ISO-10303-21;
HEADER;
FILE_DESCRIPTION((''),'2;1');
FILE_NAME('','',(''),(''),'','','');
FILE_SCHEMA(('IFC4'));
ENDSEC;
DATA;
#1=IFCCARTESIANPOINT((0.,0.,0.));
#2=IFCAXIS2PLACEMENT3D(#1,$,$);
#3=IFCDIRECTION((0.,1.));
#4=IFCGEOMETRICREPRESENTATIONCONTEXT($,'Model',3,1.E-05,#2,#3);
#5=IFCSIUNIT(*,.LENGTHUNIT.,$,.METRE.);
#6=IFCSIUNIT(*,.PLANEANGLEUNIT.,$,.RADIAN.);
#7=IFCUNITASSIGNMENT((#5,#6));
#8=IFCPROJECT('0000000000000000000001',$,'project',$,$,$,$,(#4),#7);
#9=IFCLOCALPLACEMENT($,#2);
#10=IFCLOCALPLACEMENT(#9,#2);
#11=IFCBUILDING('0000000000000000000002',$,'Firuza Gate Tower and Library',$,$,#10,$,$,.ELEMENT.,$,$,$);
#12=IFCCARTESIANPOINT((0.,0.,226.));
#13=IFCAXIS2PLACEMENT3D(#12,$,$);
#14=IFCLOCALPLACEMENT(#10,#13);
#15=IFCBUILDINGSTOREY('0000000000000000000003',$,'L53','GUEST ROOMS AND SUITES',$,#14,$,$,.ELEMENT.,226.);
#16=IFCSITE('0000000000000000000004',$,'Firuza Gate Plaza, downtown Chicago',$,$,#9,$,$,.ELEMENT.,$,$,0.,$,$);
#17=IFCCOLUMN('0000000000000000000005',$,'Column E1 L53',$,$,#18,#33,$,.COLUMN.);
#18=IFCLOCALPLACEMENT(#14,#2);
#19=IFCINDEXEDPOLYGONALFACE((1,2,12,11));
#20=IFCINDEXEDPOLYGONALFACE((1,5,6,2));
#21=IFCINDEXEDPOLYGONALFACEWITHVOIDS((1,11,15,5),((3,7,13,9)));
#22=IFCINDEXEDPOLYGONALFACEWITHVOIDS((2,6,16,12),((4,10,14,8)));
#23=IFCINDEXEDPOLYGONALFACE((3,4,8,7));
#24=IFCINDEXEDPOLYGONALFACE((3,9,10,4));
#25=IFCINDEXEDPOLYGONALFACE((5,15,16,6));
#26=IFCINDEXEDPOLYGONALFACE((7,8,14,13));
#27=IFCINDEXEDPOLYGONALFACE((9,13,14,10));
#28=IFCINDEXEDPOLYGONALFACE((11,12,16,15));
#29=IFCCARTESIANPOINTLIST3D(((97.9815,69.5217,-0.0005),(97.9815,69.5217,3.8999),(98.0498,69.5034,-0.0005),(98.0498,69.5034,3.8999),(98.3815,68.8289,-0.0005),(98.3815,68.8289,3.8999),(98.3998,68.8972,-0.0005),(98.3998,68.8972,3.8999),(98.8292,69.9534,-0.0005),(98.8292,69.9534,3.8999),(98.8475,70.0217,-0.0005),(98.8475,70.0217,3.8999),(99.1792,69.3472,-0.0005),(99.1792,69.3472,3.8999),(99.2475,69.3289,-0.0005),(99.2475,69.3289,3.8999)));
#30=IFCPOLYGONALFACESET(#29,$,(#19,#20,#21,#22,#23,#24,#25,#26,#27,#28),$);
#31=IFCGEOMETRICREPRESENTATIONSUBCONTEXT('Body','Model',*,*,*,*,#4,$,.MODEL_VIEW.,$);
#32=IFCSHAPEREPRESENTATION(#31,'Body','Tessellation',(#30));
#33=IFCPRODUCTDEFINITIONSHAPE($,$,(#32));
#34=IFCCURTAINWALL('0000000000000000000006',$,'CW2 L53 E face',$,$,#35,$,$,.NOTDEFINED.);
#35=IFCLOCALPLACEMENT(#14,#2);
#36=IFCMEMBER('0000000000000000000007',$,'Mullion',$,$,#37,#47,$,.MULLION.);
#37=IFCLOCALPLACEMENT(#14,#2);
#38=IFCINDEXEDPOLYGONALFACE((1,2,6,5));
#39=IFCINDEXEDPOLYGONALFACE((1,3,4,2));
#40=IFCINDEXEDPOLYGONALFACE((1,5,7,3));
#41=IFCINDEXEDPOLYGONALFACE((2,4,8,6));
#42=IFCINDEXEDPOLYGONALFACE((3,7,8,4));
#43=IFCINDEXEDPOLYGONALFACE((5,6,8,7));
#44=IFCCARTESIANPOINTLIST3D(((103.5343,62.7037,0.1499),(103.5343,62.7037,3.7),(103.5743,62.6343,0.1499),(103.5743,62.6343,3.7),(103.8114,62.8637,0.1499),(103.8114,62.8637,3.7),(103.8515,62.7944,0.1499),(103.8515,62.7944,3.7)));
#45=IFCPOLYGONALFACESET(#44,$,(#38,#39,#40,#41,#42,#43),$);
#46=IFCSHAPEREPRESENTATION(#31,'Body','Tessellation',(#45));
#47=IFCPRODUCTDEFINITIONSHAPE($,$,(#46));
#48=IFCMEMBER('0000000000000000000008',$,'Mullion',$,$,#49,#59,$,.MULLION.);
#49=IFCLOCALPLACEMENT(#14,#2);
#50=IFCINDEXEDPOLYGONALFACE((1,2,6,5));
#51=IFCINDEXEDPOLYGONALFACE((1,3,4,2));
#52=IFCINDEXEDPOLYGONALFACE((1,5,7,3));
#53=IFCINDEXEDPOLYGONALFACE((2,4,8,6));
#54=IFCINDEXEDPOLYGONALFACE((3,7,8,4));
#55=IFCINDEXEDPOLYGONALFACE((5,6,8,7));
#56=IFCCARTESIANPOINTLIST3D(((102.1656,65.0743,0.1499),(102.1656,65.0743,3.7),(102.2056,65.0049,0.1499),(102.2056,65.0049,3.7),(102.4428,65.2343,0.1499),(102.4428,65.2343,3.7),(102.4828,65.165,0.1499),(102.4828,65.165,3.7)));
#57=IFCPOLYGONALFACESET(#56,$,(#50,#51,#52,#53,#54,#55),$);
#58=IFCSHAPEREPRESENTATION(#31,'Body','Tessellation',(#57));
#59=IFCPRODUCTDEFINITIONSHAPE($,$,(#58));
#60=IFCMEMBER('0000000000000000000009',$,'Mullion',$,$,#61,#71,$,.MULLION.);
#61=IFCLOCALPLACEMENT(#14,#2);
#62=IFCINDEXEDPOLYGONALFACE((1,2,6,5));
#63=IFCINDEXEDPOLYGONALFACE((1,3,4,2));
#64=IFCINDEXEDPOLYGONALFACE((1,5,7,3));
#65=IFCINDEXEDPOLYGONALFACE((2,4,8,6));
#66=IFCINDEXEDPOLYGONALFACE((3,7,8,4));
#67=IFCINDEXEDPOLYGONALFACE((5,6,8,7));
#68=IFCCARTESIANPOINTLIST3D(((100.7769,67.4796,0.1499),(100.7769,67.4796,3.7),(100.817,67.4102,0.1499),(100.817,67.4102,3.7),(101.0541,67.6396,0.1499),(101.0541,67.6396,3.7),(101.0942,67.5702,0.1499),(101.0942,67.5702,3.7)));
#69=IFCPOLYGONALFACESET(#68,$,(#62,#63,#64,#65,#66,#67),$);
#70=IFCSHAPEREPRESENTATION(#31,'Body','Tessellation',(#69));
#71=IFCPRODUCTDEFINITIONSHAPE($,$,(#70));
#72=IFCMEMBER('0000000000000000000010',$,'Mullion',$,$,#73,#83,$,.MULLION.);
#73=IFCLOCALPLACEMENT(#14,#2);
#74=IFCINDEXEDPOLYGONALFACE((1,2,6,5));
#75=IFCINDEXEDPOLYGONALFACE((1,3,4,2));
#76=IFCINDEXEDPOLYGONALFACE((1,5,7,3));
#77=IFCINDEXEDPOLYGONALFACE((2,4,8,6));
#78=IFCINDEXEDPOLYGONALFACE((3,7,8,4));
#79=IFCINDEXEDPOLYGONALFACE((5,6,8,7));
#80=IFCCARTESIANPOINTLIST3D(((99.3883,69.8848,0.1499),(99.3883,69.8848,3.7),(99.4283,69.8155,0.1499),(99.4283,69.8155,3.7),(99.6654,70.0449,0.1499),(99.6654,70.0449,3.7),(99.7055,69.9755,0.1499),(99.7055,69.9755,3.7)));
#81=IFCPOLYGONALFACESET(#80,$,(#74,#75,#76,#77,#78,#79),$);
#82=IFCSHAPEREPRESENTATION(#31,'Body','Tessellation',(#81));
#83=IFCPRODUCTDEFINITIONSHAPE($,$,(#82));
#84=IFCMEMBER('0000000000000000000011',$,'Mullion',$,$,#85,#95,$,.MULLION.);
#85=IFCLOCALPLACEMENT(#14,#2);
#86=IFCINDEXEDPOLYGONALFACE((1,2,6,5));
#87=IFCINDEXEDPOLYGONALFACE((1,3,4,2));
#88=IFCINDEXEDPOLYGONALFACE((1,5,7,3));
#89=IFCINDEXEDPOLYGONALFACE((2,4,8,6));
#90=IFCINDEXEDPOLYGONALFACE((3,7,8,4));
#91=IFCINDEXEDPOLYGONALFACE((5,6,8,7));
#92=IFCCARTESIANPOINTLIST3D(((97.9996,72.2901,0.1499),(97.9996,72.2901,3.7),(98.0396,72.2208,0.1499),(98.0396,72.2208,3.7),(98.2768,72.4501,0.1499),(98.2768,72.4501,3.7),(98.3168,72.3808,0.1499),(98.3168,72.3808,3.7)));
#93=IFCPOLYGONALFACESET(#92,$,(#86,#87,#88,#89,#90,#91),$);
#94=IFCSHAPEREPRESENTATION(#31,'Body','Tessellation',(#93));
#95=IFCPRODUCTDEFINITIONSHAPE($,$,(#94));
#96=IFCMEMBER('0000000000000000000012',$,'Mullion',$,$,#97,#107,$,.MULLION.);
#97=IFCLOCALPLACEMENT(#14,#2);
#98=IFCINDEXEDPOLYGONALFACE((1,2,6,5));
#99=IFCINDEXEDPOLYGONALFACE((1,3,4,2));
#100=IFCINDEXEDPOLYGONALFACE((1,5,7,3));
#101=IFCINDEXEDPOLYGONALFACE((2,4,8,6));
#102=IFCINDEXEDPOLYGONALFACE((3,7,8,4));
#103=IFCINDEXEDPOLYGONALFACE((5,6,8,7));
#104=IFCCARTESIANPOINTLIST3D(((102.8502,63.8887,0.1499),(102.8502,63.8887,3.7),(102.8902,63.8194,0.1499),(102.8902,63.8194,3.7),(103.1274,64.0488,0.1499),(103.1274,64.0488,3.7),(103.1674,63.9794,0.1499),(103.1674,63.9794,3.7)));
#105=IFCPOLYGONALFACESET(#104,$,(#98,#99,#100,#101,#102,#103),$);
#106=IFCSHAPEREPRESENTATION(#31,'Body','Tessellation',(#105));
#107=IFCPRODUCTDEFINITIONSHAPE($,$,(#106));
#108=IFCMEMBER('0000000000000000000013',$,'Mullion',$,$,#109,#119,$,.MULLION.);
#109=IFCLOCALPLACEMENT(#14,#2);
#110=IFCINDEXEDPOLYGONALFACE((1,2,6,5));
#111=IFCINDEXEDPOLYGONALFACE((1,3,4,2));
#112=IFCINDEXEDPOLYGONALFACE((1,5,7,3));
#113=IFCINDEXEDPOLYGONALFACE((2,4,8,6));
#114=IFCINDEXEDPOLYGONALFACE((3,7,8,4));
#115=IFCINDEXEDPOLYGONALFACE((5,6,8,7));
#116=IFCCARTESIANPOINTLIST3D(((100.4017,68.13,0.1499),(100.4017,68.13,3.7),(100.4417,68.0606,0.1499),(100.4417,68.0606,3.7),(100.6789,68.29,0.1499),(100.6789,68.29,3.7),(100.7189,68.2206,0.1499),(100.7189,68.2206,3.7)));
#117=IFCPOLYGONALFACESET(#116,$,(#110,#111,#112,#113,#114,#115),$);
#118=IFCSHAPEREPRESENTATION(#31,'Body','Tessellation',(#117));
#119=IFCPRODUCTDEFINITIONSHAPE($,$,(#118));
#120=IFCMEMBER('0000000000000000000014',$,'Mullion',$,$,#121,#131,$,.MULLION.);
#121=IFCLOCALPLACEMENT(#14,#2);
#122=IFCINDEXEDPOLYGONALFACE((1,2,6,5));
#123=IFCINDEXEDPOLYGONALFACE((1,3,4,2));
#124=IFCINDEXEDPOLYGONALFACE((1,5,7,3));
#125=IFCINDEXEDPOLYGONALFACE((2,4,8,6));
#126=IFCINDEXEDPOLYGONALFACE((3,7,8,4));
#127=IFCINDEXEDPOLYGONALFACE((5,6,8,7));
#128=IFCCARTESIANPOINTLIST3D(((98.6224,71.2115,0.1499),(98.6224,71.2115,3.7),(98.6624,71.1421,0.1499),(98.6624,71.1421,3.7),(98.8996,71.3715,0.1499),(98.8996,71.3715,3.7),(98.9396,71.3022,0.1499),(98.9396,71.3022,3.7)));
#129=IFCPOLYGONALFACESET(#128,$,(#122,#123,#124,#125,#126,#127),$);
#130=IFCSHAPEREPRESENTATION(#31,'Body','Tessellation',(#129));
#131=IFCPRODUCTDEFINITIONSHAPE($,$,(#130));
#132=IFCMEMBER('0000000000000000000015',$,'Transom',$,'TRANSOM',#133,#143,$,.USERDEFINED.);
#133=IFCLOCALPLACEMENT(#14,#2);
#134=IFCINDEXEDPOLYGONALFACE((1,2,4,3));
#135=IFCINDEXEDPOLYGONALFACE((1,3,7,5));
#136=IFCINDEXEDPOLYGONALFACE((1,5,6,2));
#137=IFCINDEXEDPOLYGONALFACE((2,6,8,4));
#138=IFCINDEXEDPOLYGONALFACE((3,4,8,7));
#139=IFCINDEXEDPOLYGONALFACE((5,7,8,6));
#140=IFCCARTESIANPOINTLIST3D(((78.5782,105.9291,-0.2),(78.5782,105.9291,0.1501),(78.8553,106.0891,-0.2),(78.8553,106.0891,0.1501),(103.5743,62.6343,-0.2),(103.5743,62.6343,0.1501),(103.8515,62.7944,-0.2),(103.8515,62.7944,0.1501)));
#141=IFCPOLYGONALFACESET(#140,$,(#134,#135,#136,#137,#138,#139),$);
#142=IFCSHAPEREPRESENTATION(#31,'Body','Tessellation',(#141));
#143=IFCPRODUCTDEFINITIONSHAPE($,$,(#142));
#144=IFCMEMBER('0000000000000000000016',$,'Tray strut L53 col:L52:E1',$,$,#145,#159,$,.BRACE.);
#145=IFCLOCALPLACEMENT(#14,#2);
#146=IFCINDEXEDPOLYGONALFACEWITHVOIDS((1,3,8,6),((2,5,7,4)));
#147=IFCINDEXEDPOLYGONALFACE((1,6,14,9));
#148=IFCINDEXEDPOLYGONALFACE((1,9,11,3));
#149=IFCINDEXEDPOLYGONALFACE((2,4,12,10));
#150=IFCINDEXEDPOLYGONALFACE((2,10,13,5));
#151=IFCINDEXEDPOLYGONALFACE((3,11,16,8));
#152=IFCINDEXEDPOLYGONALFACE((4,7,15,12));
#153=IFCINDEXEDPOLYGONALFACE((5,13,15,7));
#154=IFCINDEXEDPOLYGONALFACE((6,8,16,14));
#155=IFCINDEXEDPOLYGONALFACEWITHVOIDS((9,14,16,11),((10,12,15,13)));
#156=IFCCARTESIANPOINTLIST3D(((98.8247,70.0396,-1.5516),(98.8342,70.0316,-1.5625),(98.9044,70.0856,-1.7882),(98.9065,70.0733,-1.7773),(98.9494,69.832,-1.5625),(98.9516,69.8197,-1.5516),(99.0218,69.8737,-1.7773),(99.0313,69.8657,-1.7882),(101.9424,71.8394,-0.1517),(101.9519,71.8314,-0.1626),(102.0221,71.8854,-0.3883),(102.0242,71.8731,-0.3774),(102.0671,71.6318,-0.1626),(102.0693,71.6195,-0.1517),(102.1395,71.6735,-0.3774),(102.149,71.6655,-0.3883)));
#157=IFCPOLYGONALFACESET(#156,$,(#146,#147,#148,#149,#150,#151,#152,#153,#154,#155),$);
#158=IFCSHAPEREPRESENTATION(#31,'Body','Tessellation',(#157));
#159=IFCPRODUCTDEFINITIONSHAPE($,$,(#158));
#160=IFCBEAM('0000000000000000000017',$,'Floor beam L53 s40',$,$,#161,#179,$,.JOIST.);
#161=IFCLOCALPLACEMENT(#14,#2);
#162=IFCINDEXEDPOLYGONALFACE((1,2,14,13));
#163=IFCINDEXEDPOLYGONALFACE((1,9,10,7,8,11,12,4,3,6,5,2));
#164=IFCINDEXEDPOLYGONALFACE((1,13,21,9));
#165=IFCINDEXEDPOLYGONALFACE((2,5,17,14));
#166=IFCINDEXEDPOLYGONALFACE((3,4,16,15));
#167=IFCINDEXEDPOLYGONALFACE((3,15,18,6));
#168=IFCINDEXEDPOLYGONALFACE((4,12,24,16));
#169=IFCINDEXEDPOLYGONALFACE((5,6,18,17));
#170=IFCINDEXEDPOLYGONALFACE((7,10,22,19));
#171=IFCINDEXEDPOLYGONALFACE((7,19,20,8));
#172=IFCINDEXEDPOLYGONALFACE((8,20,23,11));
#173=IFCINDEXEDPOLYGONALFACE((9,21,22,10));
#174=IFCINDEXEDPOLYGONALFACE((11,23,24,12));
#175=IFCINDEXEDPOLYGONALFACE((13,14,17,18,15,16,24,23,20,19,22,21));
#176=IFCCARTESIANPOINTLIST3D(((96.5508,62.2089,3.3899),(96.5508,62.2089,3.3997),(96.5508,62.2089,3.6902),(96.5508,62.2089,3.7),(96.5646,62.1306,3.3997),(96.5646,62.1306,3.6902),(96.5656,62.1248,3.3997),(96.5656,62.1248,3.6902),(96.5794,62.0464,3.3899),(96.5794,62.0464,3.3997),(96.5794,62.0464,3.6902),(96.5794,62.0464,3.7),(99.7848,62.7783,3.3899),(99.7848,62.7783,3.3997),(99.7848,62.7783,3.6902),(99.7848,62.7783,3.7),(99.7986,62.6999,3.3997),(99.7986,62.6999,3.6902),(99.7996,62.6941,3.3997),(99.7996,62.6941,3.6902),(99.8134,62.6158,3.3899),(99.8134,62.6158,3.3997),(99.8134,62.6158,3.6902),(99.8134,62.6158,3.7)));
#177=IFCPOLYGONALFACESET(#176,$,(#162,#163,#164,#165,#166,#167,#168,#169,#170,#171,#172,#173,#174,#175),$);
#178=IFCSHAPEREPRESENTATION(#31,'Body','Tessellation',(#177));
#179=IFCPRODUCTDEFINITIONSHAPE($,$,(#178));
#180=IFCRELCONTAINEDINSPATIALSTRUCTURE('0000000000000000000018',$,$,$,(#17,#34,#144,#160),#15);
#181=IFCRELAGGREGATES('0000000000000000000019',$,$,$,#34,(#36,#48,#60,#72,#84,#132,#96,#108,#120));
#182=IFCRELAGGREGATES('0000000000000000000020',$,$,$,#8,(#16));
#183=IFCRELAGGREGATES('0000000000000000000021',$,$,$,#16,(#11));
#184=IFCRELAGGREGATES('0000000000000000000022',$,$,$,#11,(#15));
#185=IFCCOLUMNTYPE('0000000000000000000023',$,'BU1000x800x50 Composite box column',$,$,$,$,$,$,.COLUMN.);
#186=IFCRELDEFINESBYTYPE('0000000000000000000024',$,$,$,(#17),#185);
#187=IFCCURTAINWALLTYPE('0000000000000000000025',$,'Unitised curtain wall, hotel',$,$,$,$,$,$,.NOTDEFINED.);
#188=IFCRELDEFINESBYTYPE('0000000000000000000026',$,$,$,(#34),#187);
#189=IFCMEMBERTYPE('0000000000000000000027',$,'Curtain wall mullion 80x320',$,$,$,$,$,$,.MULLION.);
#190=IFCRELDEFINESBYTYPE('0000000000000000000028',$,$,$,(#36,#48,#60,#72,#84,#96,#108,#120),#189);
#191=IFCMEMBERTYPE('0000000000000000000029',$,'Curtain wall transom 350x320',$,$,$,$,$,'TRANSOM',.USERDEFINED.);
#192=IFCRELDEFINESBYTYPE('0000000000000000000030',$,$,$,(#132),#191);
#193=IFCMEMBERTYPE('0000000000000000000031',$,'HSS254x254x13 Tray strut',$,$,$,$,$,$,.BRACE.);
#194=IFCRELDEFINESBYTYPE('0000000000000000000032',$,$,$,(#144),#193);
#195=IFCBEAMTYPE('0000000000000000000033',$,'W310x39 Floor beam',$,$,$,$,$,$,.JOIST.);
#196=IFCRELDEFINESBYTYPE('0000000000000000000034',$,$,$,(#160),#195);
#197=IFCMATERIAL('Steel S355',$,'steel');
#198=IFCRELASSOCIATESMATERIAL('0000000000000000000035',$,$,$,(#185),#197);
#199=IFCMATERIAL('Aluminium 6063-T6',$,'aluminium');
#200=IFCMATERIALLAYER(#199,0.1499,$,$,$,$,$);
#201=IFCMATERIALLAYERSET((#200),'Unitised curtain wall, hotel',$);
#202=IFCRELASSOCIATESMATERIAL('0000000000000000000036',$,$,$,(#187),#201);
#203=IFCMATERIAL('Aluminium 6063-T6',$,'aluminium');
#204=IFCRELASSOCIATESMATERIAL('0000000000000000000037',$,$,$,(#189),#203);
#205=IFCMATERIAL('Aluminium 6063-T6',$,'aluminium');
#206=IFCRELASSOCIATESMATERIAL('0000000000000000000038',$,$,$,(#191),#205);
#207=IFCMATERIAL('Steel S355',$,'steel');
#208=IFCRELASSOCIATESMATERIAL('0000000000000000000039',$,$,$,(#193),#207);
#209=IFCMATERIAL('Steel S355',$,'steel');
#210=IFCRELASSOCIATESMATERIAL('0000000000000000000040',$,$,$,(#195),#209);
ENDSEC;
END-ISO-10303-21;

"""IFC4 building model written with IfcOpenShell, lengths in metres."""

from ifc_helpers import new_model, si_unit, direction, frame, origin, origin_2d, place, context, subcontext, project, spatial, rectangle, hollow_rectangle, i_section, extrude, material, layer, layer_set, material_profile, profile_set, type_object, element, aggregate, save


model = new_model("IFC4")

# Units and contexts
model_context = context("Model", 3, precision=1e-05, world=origin(), true_north=direction((0.0, 1.0)))
body_context = subcontext(model_context, "Body", "Model", "MODEL_VIEW")
ifc_project = project(units=[si_unit("LENGTHUNIT", "METRE"), si_unit("PLANEANGLEUNIT", "RADIAN")], contexts=[model_context])

# Site, building, storey
site_placement = place(None, origin())
site = spatial("IfcSite", under=ifc_project, at=site_placement, Name="Firuza Gate Plaza, downtown Chicago", CompositionType="ELEMENT", RefElevation=0.0)
building_placement = place(site_placement, origin())
building = spatial("IfcBuilding", under=site, at=building_placement, Name="Firuza Gate Tower and Library", CompositionType="ELEMENT")
storey_placement = place(building_placement, frame((0.0, 0.0, 226.0)))
storey = spatial("IfcBuildingStorey", under=building, at=storey_placement, Name="L53", Description="GUEST ROOMS AND SUITES", CompositionType="ELEMENT", Elevation=226.0)

# Column
ifc_material_1 = material(Name="Steel S355", Category="steel")
ifc_material_profile_1 = material_profile(ifc_material_1, hollow_rectangle(XDim=0.8, YDim=1.0, WallThickness=0.05, at=origin_2d()))
ifc_profile_set_1 = profile_set([ifc_material_profile_1], Name="Steel S355")
column_type = type_object("IfcColumnType", Name="BU1000x800x50 Composite box column", PredefinedType="COLUMN", material=ifc_profile_set_1)
column_placement = place(storey_placement, frame((98.6145, 69.4253, -0.0005), z_axis=(0.0, 0.0, 1.0), x_axis=(-0.5, 0.866025, 0.0)))
element("IfcColumn", 1, at=column_placement, inside=storey, type_object=column_type, Name="Column E1 L53", PredefinedType="COLUMN", context=body_context, shape_type="SweptSolid", body=[
    extrude(hollow_rectangle(XDim=0.8, YDim=1.0, WallThickness=0.05, at=origin_2d()), origin(), (0.0, 0.0, 1.0), 3.9004),
])

# Curtain wall, members
ifc_material_2 = material(Name="Aluminium 6063-T6", Category="aluminium")
ifc_layer_1 = layer(ifc_material_2, 0.1499)
ifc_layer_set_1 = layer_set([ifc_layer_1], Name="Unitised curtain wall, hotel")
curtain_wall_type = type_object("IfcCurtainWallType", Name="Unitised curtain wall, hotel", PredefinedType="NOTDEFINED", material=ifc_layer_set_1)
curtain_wall_placement = place(storey_placement, origin())
curtain_wall = element("IfcCurtainWall", 2, at=curtain_wall_placement, inside=storey, type_object=curtain_wall_type, Name="CW2 L53 E face", PredefinedType="NOTDEFINED")
ifc_material_3 = material(Name="Aluminium 6063-T6", Category="aluminium")
ifc_material_profile_2 = material_profile(ifc_material_3, rectangle(XDim=0.3201, YDim=0.0801, at=origin_2d()))
ifc_profile_set_2 = profile_set([ifc_material_profile_2], Name="Aluminium 6063-T6")
member_type_1 = type_object("IfcMemberType", Name="Curtain wall mullion 80x320", PredefinedType="MULLION", material=ifc_profile_set_2)
member_1_placement = place(storey_placement, frame((103.6929, 62.749, 0.1499), z_axis=(0.0, 0.0, 1.0), x_axis=(-0.866025, -0.5, 0.0)))
member_1 = element("IfcMember", 3, at=member_1_placement, type_object=member_type_1, Name="Mullion", PredefinedType="MULLION", context=body_context, shape_type="SweptSolid", body=[
    extrude(rectangle(XDim=0.3201, YDim=0.0801, at=origin_2d()), origin(), (0.0, 0.0, 1.0), 3.55),
])
member_2_placement = place(storey_placement, frame((102.3242, 65.1196, 0.1499), z_axis=(0.0, 0.0, 1.0), x_axis=(-0.866025, -0.5, 0.0)))
member_2 = element("IfcMember", 4, at=member_2_placement, type_object=member_type_1, Name="Mullion", PredefinedType="MULLION", context=body_context, shape_type="SweptSolid", body=[
    extrude(rectangle(XDim=0.3201, YDim=0.0801, at=origin_2d()), origin(), (0.0, 0.0, 1.0), 3.55),
])
member_3_placement = place(storey_placement, frame((100.9355, 67.5249, 0.1499), z_axis=(0.0, 0.0, 1.0), x_axis=(-0.866025, -0.5, 0.0)))
member_3 = element("IfcMember", 5, at=member_3_placement, type_object=member_type_1, Name="Mullion", PredefinedType="MULLION", context=body_context, shape_type="SweptSolid", body=[
    extrude(rectangle(XDim=0.3201, YDim=0.0801, at=origin_2d()), origin(), (0.0, 0.0, 1.0), 3.55),
])
member_4_placement = place(storey_placement, frame((99.5469, 69.9302, 0.1499), z_axis=(0.0, 0.0, 1.0), x_axis=(-0.866025, -0.5, 0.0)))
member_4 = element("IfcMember", 6, at=member_4_placement, type_object=member_type_1, Name="Mullion", PredefinedType="MULLION", context=body_context, shape_type="SweptSolid", body=[
    extrude(rectangle(XDim=0.3201, YDim=0.0801, at=origin_2d()), origin(), (0.0, 0.0, 1.0), 3.55),
])
member_5_placement = place(storey_placement, frame((98.1582, 72.3354, 0.1499), z_axis=(0.0, 0.0, 1.0), x_axis=(-0.866025, -0.5, 0.0)))
member_5 = element("IfcMember", 7, at=member_5_placement, type_object=member_type_1, Name="Mullion", PredefinedType="MULLION", context=body_context, shape_type="SweptSolid", body=[
    extrude(rectangle(XDim=0.3201, YDim=0.0801, at=origin_2d()), origin(), (0.0, 0.0, 1.0), 3.55),
])
member_6_placement = place(storey_placement, frame((103.0088, 63.9341, 0.1499), z_axis=(0.0, 0.0, 1.0), x_axis=(-0.866025, -0.5, 0.0)))
member_6 = element("IfcMember", 8, at=member_6_placement, type_object=member_type_1, Name="Mullion", PredefinedType="MULLION", context=body_context, shape_type="SweptSolid", body=[
    extrude(rectangle(XDim=0.3201, YDim=0.0801, at=origin_2d()), origin(), (0.0, 0.0, 1.0), 3.55),
])
member_7_placement = place(storey_placement, frame((100.5603, 68.1753, 0.1499), z_axis=(0.0, 0.0, 1.0), x_axis=(-0.866025, -0.5, 0.0)))
member_7 = element("IfcMember", 9, at=member_7_placement, type_object=member_type_1, Name="Mullion", PredefinedType="MULLION", context=body_context, shape_type="SweptSolid", body=[
    extrude(rectangle(XDim=0.3201, YDim=0.0801, at=origin_2d()), origin(), (0.0, 0.0, 1.0), 3.55),
])
member_8_placement = place(storey_placement, frame((98.781, 71.2568, 0.1499), z_axis=(0.0, 0.0, 1.0), x_axis=(-0.866025, -0.5, 0.0)))
member_8 = element("IfcMember", 10, at=member_8_placement, type_object=member_type_1, Name="Mullion", PredefinedType="MULLION", context=body_context, shape_type="SweptSolid", body=[
    extrude(rectangle(XDim=0.3201, YDim=0.0801, at=origin_2d()), origin(), (0.0, 0.0, 1.0), 3.55),
])
ifc_material_4 = material(Name="Aluminium 6063-T6", Category="aluminium")
ifc_material_profile_3 = material_profile(ifc_material_4, rectangle(XDim=0.3201, YDim=0.3501, at=origin_2d()))
ifc_profile_set_3 = profile_set([ifc_material_profile_3], Name="Aluminium 6063-T6")
member_type_2 = type_object("IfcMemberType", Name="Curtain wall transom 350x320", ElementType="TRANSOM", PredefinedType="USERDEFINED", material=ifc_profile_set_3)
member_9_placement = place(storey_placement, frame((103.7129, 62.7144, -0.0249), z_axis=(-0.499998, 0.866026, 0.0), x_axis=(-0.866026, -0.499998, 0.0)))
member_9 = element("IfcMember", 11, at=member_9_placement, type_object=member_type_2, Name="Transom", ObjectType="TRANSOM", PredefinedType="USERDEFINED", context=body_context, shape_type="SweptSolid", body=[
    extrude(rectangle(XDim=0.3201, YDim=0.3501, at=origin_2d()), origin(), (0.0, 0.0, 1.0), 49.9924),
])

# Member
ifc_material_5 = material(Name="Steel S355", Category="steel")
ifc_material_profile_4 = material_profile(ifc_material_5, hollow_rectangle(XDim=0.2539, YDim=0.2539, WallThickness=0.0117, at=origin_2d()))
ifc_profile_set_4 = profile_set([ifc_material_profile_4], Name="Steel S355")
member_type_3 = type_object("IfcMemberType", Name="HSS254x254x13 Tray strut", PredefinedType="BRACE", material=ifc_profile_set_4)
member_10_placement = place(storey_placement, frame((98.928, 69.9526, -1.6699), z_axis=(0.807165, 0.465969, 0.362434), x_axis=(-0.499961, 0.866048, 0.0)))
element("IfcMember", 12, at=member_10_placement, inside=storey, type_object=member_type_3, Name="Tray strut L53 col:L52:E1", PredefinedType="BRACE", context=body_context, shape_type="SweptSolid", body=[
    extrude(hollow_rectangle(XDim=0.2539, YDim=0.2539, WallThickness=0.0117, at=origin_2d()), origin(), (0.0, 0.0, 1.0), 3.8625),
])

# Beam
ifc_material_6 = material(Name="Steel S355", Category="steel")
ifc_material_profile_5 = material_profile(ifc_material_6, i_section(OverallWidth=0.165, OverallDepth=0.3101, WebThickness=0.0059, FlangeThickness=0.0098, at=origin_2d()))
ifc_profile_set_5 = profile_set([ifc_material_profile_5], Name="Steel S355")
beam_type_1 = type_object("IfcBeamType", Name="W310x39 Floor beam", PredefinedType="JOIST", material=ifc_profile_set_5)
beam_1_placement = place(storey_placement, frame((99.7991, 62.697, 3.5449), z_axis=(-0.984854, -0.173387, 0.0), x_axis=(0.173387, -0.984854, 0.0)))
element("IfcBeam", 13, at=beam_1_placement, inside=storey, type_object=beam_type_1, Name="Floor beam L53 s40", PredefinedType="JOIST", context=body_context, shape_type="SweptSolid", body=[
    extrude(i_section(OverallWidth=0.165, OverallDepth=0.3101, WebThickness=0.0059, FlangeThickness=0.0098, at=origin_2d()), origin(), (0.0, 0.0, 1.0), 3.2837),
])

aggregate(curtain_wall, [member_1, member_2, member_3, member_4, member_5, member_9, member_6, member_7, member_8])

save(model, "model.ifc")
